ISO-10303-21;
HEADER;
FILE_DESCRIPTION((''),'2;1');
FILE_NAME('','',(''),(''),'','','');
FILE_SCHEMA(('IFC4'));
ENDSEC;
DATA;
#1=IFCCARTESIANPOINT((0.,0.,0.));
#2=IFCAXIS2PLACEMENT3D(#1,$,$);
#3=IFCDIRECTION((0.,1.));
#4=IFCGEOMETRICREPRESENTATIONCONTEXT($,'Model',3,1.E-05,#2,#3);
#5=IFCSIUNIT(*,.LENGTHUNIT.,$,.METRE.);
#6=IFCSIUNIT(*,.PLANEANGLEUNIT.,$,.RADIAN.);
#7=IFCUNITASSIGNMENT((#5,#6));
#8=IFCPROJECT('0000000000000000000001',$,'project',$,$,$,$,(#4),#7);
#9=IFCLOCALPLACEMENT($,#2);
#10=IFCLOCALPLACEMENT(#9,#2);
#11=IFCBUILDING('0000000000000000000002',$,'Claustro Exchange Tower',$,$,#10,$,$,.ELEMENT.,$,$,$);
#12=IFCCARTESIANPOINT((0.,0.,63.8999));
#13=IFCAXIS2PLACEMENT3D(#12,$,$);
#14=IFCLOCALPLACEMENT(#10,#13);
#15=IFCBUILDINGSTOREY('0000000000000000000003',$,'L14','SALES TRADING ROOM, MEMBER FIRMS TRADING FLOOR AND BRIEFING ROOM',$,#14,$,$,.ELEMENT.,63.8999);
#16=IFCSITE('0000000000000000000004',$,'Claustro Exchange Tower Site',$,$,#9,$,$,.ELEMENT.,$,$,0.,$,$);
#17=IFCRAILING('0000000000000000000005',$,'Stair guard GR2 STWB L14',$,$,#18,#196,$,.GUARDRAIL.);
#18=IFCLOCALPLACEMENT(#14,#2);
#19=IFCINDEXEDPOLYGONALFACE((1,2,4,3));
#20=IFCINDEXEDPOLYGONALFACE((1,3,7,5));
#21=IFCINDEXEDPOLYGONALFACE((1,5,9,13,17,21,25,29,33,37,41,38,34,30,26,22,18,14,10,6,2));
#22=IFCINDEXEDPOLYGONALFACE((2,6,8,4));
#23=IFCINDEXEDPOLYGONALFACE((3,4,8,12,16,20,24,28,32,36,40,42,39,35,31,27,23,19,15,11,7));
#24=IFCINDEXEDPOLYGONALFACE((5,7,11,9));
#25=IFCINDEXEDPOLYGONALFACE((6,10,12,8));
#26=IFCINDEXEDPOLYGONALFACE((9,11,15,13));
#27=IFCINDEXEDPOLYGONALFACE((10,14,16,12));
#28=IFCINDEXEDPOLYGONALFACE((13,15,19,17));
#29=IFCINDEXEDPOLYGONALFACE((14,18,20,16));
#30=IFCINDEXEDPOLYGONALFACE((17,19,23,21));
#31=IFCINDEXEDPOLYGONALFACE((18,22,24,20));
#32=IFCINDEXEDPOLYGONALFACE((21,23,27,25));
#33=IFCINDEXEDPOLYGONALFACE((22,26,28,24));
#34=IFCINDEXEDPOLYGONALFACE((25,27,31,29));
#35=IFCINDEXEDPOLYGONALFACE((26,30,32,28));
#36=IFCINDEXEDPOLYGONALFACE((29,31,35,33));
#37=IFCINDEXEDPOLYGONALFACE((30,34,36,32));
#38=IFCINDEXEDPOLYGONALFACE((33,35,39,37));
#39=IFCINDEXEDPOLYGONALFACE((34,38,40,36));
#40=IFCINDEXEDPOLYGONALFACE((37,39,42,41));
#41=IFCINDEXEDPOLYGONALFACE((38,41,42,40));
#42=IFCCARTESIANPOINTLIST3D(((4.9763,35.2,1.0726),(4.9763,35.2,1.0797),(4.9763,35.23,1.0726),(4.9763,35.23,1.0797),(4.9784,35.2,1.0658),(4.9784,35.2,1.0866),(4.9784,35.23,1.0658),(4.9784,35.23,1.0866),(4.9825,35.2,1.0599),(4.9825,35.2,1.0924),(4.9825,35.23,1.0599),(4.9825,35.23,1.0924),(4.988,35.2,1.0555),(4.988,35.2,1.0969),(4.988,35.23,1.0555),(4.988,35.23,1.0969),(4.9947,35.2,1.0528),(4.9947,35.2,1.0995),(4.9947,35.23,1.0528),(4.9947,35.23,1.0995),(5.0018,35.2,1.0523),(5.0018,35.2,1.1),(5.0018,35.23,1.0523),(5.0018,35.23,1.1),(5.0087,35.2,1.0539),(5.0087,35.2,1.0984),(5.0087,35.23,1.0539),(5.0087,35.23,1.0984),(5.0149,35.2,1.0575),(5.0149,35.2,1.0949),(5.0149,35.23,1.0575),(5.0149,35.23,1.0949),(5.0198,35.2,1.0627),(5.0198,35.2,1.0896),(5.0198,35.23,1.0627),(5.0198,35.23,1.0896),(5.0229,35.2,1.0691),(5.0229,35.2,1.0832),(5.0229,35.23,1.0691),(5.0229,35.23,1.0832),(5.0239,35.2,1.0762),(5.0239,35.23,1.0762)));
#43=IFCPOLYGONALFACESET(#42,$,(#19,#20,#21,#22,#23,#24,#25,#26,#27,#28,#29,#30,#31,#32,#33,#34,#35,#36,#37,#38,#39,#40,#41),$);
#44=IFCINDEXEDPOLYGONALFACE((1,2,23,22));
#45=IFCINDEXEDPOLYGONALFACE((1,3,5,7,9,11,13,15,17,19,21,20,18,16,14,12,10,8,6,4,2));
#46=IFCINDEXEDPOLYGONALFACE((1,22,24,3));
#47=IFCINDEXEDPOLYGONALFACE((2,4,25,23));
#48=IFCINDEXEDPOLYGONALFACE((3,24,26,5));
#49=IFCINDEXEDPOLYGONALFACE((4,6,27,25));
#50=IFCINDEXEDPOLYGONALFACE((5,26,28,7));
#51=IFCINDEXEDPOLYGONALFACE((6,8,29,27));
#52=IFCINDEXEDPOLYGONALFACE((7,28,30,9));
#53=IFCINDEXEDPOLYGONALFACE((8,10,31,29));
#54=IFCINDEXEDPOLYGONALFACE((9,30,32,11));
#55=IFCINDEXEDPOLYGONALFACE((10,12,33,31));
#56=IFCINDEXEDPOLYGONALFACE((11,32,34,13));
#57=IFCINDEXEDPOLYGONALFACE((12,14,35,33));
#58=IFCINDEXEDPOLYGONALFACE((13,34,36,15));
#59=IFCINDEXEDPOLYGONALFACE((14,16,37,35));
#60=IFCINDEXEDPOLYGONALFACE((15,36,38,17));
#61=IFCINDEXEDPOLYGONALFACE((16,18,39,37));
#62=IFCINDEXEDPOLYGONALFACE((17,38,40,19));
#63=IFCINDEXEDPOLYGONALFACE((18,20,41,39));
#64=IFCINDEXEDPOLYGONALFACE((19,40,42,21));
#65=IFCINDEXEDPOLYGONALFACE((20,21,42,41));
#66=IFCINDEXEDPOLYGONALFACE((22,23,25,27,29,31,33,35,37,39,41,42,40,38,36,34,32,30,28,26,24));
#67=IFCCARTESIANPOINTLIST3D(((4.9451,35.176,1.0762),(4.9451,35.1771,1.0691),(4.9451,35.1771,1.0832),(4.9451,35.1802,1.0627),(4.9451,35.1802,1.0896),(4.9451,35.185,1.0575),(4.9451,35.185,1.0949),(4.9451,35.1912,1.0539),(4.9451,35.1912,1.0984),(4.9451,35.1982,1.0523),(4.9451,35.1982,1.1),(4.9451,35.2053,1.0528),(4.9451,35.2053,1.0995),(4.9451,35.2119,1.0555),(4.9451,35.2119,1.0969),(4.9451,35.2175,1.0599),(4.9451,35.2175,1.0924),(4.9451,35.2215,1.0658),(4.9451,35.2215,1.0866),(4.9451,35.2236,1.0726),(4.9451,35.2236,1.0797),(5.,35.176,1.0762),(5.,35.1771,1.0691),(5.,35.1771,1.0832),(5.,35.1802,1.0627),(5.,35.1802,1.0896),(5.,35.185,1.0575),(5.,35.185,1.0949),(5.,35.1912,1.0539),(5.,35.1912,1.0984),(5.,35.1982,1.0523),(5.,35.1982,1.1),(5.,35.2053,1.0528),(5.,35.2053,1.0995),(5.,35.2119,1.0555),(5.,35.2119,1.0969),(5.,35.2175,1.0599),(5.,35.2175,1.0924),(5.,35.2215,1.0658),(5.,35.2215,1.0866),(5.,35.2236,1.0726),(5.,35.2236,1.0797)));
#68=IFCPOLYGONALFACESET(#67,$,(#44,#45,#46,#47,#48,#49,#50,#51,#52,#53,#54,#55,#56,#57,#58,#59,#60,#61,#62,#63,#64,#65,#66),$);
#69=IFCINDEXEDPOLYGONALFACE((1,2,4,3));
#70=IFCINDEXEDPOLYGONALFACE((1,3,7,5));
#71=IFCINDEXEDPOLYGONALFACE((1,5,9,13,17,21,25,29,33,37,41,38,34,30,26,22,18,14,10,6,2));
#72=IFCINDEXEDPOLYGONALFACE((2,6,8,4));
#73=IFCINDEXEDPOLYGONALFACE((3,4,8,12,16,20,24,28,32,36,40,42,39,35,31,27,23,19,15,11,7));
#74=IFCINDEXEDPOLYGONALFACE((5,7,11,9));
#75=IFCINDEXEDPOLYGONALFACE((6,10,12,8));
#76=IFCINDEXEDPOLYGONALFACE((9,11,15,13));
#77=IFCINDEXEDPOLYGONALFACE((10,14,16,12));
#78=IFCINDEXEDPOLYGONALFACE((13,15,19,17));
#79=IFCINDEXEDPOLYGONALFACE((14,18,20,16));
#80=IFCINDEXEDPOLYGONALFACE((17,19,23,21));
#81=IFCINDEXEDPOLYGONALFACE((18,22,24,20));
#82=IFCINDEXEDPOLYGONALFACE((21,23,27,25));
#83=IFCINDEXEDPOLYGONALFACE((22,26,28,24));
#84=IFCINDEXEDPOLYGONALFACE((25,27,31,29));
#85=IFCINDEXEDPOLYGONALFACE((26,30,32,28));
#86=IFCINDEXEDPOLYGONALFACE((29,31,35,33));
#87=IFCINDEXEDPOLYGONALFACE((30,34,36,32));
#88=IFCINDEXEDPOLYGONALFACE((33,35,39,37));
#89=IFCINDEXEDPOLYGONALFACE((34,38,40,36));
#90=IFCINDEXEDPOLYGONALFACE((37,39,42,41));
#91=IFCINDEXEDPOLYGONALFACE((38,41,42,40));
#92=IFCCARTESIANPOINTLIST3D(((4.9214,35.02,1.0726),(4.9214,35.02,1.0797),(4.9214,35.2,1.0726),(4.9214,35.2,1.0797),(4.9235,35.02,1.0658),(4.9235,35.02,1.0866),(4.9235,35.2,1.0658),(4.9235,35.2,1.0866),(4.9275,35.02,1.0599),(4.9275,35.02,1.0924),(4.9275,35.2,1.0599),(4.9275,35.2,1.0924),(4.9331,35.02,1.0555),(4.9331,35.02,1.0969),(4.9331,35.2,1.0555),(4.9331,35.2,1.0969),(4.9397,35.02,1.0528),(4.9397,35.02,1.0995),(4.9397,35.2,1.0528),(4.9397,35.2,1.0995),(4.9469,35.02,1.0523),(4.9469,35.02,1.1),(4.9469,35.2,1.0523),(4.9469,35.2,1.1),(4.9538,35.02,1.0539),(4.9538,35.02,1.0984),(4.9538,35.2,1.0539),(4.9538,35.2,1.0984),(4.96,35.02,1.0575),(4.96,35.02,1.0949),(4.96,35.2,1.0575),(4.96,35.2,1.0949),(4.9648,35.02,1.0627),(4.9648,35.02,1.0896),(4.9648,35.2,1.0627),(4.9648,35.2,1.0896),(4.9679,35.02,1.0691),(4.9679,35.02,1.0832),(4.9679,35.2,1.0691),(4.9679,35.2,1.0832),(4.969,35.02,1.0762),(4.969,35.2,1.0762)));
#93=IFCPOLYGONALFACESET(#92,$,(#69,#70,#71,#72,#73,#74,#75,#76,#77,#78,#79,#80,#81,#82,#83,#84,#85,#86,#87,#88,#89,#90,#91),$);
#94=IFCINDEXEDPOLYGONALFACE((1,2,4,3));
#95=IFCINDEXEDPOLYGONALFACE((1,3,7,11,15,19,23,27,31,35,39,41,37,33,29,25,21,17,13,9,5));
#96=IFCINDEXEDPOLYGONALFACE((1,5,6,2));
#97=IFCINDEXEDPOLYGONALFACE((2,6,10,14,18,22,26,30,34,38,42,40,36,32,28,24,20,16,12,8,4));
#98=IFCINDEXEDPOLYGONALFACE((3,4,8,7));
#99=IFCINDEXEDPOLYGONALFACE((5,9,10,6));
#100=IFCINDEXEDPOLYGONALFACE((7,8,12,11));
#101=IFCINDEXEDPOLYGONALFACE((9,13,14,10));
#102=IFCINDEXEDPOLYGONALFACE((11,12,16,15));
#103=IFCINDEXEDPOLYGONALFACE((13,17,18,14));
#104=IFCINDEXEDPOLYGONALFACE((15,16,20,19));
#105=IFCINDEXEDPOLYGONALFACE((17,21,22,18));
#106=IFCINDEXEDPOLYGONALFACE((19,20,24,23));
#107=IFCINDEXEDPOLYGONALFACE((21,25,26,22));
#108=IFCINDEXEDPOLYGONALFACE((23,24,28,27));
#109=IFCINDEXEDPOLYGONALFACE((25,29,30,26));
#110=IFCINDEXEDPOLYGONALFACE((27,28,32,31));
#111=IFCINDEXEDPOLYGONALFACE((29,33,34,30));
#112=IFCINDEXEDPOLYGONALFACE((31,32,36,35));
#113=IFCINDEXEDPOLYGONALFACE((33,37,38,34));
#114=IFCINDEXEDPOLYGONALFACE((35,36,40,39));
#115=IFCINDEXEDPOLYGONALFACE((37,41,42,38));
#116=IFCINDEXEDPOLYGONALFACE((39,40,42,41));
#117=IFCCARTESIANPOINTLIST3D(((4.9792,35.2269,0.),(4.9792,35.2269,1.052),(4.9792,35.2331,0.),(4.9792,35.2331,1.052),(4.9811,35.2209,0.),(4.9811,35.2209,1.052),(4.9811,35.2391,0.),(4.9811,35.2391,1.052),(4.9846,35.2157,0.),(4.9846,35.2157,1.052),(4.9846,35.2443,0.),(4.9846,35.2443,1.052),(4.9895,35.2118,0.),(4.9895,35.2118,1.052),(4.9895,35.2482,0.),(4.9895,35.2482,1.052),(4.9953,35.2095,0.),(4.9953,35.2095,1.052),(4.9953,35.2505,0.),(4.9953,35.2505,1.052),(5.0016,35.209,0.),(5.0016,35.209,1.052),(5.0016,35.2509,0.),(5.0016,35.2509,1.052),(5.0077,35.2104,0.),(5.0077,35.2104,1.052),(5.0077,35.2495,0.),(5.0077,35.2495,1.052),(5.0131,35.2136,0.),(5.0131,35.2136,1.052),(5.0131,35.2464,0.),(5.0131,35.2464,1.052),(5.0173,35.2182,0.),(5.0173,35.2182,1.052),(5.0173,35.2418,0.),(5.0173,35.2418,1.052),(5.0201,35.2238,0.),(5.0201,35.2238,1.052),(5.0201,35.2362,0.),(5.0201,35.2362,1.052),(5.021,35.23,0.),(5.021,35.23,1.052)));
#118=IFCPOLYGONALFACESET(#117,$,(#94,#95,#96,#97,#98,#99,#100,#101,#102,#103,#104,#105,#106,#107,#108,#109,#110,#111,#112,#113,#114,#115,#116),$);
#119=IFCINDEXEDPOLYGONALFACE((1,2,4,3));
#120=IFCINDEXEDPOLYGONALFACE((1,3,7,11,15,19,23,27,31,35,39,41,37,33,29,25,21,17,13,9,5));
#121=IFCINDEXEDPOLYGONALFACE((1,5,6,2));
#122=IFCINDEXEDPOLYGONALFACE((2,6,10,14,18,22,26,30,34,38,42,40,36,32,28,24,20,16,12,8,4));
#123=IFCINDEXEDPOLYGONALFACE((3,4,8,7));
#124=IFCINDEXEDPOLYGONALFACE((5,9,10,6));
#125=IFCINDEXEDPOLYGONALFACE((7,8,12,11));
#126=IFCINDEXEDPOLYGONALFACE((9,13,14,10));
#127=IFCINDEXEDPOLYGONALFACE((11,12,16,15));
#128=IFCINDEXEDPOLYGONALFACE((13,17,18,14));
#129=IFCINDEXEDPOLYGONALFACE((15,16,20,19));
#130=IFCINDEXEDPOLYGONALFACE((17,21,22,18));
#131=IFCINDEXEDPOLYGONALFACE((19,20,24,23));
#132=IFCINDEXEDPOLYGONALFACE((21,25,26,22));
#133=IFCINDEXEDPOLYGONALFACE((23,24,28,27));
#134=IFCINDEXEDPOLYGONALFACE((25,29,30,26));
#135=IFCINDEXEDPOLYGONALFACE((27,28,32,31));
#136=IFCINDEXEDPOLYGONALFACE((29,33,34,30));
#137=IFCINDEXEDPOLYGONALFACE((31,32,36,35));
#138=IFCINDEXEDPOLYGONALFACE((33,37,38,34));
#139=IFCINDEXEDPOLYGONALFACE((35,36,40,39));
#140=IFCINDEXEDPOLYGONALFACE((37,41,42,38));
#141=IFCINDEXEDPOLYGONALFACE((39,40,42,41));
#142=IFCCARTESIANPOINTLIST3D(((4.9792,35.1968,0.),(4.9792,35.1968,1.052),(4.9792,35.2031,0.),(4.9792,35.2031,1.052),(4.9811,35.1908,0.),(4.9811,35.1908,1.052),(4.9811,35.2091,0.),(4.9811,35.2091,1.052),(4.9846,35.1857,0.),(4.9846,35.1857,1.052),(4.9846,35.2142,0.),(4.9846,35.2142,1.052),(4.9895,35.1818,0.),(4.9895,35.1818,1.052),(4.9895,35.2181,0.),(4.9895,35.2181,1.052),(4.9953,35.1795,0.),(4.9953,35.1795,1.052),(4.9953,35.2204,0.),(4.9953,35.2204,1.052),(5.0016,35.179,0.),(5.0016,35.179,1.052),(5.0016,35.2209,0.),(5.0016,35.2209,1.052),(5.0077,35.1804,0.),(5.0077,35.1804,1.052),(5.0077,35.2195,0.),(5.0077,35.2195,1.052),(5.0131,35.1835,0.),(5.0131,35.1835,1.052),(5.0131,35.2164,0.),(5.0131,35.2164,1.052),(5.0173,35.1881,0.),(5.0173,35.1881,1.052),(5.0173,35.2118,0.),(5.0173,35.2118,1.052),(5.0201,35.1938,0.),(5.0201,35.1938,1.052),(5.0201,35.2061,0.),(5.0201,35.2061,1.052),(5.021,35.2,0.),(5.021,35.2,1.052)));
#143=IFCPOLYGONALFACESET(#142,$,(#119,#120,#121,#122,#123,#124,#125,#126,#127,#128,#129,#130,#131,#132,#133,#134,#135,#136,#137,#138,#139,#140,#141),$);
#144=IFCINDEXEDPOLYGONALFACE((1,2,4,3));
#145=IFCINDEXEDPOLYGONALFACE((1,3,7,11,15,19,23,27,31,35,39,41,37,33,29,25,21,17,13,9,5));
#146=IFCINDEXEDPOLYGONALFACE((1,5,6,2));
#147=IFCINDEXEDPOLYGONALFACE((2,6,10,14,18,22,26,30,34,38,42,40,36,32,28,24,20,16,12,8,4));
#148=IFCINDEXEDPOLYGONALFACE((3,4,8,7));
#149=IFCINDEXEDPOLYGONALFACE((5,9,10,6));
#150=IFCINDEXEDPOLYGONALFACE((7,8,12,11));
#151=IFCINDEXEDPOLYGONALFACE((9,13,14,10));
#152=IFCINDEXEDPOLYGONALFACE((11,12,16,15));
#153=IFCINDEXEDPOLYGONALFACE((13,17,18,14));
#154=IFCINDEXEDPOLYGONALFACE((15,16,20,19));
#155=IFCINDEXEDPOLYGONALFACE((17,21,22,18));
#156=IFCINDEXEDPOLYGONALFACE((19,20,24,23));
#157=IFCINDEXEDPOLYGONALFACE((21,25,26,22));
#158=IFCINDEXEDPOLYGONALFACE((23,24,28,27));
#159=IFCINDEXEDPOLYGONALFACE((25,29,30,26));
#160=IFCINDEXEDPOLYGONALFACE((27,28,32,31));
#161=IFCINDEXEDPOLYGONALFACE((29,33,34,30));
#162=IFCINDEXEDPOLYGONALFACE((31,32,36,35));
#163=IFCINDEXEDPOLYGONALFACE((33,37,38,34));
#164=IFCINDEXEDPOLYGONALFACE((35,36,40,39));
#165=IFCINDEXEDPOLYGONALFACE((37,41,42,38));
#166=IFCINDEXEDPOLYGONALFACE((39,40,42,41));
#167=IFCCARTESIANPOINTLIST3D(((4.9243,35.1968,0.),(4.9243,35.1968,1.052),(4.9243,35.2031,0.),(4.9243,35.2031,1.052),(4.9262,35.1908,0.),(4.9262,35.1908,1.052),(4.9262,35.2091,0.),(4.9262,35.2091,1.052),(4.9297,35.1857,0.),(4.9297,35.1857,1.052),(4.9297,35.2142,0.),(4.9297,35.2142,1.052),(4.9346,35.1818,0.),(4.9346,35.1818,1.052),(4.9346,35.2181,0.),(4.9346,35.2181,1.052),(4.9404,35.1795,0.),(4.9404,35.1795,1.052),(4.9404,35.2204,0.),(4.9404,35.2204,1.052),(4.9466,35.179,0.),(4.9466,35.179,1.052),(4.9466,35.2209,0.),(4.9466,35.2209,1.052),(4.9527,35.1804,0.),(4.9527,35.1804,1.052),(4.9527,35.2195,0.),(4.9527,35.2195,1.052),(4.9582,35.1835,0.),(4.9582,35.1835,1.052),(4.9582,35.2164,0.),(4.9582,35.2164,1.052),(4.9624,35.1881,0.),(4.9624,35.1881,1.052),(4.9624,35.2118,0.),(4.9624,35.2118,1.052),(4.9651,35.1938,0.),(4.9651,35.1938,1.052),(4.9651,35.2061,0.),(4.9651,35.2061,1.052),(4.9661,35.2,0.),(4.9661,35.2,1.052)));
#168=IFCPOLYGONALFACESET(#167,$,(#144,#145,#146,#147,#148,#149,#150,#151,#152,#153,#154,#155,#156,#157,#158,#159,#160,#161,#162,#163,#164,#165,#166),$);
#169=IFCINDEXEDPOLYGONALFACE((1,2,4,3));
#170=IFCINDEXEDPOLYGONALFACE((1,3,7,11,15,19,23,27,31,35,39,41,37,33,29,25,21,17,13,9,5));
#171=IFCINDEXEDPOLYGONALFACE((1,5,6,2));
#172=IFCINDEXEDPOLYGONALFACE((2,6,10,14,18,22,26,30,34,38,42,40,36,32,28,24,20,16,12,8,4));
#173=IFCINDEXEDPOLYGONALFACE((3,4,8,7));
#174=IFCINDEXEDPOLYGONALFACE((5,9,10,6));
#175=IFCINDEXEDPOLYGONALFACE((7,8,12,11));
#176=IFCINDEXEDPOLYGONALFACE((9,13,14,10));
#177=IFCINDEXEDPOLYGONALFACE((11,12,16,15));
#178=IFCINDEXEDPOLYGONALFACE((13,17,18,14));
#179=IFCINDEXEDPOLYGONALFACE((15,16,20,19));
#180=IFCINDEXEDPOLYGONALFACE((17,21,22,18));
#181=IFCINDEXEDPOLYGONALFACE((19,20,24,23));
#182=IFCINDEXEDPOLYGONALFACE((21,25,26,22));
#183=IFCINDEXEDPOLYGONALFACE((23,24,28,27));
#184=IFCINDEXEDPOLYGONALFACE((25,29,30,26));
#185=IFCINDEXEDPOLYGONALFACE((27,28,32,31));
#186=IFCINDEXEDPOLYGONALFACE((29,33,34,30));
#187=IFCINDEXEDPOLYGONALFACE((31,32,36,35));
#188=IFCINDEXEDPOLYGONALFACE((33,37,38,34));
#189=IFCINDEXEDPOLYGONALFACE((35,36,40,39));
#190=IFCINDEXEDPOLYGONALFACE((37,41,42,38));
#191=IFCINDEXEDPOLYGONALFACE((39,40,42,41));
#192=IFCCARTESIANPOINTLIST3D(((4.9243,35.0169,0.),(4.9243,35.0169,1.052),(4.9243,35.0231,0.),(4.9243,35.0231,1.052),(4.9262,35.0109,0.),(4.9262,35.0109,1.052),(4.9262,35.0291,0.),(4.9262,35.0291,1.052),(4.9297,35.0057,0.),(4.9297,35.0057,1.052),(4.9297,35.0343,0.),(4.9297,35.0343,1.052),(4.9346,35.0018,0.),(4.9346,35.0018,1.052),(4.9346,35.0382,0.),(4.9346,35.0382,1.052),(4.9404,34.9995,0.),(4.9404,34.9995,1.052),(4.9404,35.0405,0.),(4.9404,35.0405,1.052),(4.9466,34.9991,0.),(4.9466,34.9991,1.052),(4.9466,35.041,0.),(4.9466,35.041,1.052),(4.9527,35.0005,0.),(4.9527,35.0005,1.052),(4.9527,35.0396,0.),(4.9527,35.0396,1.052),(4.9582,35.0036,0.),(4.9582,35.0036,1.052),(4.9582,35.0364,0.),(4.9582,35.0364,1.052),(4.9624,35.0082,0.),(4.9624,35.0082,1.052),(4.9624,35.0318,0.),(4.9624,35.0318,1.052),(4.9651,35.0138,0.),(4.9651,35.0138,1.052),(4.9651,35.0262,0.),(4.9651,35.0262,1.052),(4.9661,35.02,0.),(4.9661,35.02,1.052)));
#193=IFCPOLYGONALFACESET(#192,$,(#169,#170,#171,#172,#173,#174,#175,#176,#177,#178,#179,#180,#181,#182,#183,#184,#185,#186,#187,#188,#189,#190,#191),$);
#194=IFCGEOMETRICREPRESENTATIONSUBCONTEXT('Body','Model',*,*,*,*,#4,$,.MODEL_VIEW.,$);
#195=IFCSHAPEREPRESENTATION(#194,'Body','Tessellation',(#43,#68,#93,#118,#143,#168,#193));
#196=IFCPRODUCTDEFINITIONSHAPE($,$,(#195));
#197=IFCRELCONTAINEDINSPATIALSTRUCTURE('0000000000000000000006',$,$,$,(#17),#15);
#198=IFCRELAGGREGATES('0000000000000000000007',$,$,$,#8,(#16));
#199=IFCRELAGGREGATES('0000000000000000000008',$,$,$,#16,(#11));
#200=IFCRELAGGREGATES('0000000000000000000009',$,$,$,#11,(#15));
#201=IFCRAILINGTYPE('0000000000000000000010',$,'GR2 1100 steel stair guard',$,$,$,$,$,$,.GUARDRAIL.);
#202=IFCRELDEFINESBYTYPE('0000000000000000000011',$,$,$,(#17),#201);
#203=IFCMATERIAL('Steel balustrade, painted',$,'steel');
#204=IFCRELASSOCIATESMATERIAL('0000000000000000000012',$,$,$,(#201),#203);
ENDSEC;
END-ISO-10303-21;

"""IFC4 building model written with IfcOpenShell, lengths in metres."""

from ifc_helpers import new_model, si_unit, direction, frame, origin, origin_2d, place, context, subcontext, project, spatial, circle, extrude, material, type_object, element, save


model = new_model("IFC4")

# Units and contexts
model_context = context("Model", 3, precision=1e-05, world=origin(), true_north=direction((0.0, 1.0)))
body_context = subcontext(model_context, "Body", "Model", "MODEL_VIEW")
ifc_project = project(units=[si_unit("LENGTHUNIT", "METRE"), si_unit("PLANEANGLEUNIT", "RADIAN")], contexts=[model_context])

# Site, building, storey
site_placement = place(None, origin())
site = spatial("IfcSite", under=ifc_project, at=site_placement, Name="Claustro Exchange Tower Site", CompositionType="ELEMENT", RefElevation=0.0)
building_placement = place(site_placement, origin())
building = spatial("IfcBuilding", under=site, at=building_placement, Name="Claustro Exchange Tower", CompositionType="ELEMENT")
storey_placement = place(building_placement, frame((0.0, 0.0, 63.8999)))
storey = spatial("IfcBuildingStorey", under=building, at=storey_placement, Name="L14", Description="SALES TRADING ROOM, MEMBER FIRMS TRADING FLOOR AND BRIEFING ROOM", CompositionType="ELEMENT", Elevation=63.8999)

# Railing
ifc_material_1 = material(Name="Steel balustrade, painted", Category="steel")
railing_type_1 = type_object("IfcRailingType", Name="GR2 1100 steel stair guard", PredefinedType="GUARDRAIL", material=ifc_material_1)
railing_1_placement = place(storey_placement, frame((5.0, 35.23, 0.0)))
element("IfcRailing", 1, at=railing_1_placement, inside=storey, type_object=railing_type_1, Name="Stair guard GR2 STWB L14", PredefinedType="GUARDRAIL", context=body_context, shape_type="SweptSolid", body=[
    extrude(circle(Radius=0.0239, at=origin_2d()), frame((0.0, 0.0, 1.0762), z_axis=(0.0, -1.0, 0.0), x_axis=(1.0, 0.0, 0.0)), (0.0, 0.0, 1.0), 0.03),
    extrude(circle(Radius=0.0239, at=origin_2d()), frame((0.0, -0.03, 1.0762), z_axis=(-1.0, 0.0, 0.0), x_axis=(0.0, -1.0, 0.0)), (0.0, 0.0, 1.0), 0.0549),
    extrude(circle(Radius=0.0239, at=origin_2d()), frame((-0.0549, -0.03, 1.0762), z_axis=(0.0, -1.0, 0.0), x_axis=(1.0, 0.0, 0.0)), (0.0, 0.0, 1.0), 0.1799),
    extrude(circle(Radius=0.021, at=origin_2d()), origin(), (0.0, 0.0, 1.0), 1.052),
    extrude(circle(Radius=0.021, at=origin_2d()), frame((0.0, -0.03, 0.0)), (0.0, 0.0, 1.0), 1.052),
    extrude(circle(Radius=0.021, at=origin_2d()), frame((-0.0549, -0.03, 0.0)), (0.0, 0.0, 1.0), 1.052),
    extrude(circle(Radius=0.021, at=origin_2d()), frame((-0.0549, -0.21, 0.0)), (0.0, 0.0, 1.0), 1.052),
])

save(model, "model.ifc")
